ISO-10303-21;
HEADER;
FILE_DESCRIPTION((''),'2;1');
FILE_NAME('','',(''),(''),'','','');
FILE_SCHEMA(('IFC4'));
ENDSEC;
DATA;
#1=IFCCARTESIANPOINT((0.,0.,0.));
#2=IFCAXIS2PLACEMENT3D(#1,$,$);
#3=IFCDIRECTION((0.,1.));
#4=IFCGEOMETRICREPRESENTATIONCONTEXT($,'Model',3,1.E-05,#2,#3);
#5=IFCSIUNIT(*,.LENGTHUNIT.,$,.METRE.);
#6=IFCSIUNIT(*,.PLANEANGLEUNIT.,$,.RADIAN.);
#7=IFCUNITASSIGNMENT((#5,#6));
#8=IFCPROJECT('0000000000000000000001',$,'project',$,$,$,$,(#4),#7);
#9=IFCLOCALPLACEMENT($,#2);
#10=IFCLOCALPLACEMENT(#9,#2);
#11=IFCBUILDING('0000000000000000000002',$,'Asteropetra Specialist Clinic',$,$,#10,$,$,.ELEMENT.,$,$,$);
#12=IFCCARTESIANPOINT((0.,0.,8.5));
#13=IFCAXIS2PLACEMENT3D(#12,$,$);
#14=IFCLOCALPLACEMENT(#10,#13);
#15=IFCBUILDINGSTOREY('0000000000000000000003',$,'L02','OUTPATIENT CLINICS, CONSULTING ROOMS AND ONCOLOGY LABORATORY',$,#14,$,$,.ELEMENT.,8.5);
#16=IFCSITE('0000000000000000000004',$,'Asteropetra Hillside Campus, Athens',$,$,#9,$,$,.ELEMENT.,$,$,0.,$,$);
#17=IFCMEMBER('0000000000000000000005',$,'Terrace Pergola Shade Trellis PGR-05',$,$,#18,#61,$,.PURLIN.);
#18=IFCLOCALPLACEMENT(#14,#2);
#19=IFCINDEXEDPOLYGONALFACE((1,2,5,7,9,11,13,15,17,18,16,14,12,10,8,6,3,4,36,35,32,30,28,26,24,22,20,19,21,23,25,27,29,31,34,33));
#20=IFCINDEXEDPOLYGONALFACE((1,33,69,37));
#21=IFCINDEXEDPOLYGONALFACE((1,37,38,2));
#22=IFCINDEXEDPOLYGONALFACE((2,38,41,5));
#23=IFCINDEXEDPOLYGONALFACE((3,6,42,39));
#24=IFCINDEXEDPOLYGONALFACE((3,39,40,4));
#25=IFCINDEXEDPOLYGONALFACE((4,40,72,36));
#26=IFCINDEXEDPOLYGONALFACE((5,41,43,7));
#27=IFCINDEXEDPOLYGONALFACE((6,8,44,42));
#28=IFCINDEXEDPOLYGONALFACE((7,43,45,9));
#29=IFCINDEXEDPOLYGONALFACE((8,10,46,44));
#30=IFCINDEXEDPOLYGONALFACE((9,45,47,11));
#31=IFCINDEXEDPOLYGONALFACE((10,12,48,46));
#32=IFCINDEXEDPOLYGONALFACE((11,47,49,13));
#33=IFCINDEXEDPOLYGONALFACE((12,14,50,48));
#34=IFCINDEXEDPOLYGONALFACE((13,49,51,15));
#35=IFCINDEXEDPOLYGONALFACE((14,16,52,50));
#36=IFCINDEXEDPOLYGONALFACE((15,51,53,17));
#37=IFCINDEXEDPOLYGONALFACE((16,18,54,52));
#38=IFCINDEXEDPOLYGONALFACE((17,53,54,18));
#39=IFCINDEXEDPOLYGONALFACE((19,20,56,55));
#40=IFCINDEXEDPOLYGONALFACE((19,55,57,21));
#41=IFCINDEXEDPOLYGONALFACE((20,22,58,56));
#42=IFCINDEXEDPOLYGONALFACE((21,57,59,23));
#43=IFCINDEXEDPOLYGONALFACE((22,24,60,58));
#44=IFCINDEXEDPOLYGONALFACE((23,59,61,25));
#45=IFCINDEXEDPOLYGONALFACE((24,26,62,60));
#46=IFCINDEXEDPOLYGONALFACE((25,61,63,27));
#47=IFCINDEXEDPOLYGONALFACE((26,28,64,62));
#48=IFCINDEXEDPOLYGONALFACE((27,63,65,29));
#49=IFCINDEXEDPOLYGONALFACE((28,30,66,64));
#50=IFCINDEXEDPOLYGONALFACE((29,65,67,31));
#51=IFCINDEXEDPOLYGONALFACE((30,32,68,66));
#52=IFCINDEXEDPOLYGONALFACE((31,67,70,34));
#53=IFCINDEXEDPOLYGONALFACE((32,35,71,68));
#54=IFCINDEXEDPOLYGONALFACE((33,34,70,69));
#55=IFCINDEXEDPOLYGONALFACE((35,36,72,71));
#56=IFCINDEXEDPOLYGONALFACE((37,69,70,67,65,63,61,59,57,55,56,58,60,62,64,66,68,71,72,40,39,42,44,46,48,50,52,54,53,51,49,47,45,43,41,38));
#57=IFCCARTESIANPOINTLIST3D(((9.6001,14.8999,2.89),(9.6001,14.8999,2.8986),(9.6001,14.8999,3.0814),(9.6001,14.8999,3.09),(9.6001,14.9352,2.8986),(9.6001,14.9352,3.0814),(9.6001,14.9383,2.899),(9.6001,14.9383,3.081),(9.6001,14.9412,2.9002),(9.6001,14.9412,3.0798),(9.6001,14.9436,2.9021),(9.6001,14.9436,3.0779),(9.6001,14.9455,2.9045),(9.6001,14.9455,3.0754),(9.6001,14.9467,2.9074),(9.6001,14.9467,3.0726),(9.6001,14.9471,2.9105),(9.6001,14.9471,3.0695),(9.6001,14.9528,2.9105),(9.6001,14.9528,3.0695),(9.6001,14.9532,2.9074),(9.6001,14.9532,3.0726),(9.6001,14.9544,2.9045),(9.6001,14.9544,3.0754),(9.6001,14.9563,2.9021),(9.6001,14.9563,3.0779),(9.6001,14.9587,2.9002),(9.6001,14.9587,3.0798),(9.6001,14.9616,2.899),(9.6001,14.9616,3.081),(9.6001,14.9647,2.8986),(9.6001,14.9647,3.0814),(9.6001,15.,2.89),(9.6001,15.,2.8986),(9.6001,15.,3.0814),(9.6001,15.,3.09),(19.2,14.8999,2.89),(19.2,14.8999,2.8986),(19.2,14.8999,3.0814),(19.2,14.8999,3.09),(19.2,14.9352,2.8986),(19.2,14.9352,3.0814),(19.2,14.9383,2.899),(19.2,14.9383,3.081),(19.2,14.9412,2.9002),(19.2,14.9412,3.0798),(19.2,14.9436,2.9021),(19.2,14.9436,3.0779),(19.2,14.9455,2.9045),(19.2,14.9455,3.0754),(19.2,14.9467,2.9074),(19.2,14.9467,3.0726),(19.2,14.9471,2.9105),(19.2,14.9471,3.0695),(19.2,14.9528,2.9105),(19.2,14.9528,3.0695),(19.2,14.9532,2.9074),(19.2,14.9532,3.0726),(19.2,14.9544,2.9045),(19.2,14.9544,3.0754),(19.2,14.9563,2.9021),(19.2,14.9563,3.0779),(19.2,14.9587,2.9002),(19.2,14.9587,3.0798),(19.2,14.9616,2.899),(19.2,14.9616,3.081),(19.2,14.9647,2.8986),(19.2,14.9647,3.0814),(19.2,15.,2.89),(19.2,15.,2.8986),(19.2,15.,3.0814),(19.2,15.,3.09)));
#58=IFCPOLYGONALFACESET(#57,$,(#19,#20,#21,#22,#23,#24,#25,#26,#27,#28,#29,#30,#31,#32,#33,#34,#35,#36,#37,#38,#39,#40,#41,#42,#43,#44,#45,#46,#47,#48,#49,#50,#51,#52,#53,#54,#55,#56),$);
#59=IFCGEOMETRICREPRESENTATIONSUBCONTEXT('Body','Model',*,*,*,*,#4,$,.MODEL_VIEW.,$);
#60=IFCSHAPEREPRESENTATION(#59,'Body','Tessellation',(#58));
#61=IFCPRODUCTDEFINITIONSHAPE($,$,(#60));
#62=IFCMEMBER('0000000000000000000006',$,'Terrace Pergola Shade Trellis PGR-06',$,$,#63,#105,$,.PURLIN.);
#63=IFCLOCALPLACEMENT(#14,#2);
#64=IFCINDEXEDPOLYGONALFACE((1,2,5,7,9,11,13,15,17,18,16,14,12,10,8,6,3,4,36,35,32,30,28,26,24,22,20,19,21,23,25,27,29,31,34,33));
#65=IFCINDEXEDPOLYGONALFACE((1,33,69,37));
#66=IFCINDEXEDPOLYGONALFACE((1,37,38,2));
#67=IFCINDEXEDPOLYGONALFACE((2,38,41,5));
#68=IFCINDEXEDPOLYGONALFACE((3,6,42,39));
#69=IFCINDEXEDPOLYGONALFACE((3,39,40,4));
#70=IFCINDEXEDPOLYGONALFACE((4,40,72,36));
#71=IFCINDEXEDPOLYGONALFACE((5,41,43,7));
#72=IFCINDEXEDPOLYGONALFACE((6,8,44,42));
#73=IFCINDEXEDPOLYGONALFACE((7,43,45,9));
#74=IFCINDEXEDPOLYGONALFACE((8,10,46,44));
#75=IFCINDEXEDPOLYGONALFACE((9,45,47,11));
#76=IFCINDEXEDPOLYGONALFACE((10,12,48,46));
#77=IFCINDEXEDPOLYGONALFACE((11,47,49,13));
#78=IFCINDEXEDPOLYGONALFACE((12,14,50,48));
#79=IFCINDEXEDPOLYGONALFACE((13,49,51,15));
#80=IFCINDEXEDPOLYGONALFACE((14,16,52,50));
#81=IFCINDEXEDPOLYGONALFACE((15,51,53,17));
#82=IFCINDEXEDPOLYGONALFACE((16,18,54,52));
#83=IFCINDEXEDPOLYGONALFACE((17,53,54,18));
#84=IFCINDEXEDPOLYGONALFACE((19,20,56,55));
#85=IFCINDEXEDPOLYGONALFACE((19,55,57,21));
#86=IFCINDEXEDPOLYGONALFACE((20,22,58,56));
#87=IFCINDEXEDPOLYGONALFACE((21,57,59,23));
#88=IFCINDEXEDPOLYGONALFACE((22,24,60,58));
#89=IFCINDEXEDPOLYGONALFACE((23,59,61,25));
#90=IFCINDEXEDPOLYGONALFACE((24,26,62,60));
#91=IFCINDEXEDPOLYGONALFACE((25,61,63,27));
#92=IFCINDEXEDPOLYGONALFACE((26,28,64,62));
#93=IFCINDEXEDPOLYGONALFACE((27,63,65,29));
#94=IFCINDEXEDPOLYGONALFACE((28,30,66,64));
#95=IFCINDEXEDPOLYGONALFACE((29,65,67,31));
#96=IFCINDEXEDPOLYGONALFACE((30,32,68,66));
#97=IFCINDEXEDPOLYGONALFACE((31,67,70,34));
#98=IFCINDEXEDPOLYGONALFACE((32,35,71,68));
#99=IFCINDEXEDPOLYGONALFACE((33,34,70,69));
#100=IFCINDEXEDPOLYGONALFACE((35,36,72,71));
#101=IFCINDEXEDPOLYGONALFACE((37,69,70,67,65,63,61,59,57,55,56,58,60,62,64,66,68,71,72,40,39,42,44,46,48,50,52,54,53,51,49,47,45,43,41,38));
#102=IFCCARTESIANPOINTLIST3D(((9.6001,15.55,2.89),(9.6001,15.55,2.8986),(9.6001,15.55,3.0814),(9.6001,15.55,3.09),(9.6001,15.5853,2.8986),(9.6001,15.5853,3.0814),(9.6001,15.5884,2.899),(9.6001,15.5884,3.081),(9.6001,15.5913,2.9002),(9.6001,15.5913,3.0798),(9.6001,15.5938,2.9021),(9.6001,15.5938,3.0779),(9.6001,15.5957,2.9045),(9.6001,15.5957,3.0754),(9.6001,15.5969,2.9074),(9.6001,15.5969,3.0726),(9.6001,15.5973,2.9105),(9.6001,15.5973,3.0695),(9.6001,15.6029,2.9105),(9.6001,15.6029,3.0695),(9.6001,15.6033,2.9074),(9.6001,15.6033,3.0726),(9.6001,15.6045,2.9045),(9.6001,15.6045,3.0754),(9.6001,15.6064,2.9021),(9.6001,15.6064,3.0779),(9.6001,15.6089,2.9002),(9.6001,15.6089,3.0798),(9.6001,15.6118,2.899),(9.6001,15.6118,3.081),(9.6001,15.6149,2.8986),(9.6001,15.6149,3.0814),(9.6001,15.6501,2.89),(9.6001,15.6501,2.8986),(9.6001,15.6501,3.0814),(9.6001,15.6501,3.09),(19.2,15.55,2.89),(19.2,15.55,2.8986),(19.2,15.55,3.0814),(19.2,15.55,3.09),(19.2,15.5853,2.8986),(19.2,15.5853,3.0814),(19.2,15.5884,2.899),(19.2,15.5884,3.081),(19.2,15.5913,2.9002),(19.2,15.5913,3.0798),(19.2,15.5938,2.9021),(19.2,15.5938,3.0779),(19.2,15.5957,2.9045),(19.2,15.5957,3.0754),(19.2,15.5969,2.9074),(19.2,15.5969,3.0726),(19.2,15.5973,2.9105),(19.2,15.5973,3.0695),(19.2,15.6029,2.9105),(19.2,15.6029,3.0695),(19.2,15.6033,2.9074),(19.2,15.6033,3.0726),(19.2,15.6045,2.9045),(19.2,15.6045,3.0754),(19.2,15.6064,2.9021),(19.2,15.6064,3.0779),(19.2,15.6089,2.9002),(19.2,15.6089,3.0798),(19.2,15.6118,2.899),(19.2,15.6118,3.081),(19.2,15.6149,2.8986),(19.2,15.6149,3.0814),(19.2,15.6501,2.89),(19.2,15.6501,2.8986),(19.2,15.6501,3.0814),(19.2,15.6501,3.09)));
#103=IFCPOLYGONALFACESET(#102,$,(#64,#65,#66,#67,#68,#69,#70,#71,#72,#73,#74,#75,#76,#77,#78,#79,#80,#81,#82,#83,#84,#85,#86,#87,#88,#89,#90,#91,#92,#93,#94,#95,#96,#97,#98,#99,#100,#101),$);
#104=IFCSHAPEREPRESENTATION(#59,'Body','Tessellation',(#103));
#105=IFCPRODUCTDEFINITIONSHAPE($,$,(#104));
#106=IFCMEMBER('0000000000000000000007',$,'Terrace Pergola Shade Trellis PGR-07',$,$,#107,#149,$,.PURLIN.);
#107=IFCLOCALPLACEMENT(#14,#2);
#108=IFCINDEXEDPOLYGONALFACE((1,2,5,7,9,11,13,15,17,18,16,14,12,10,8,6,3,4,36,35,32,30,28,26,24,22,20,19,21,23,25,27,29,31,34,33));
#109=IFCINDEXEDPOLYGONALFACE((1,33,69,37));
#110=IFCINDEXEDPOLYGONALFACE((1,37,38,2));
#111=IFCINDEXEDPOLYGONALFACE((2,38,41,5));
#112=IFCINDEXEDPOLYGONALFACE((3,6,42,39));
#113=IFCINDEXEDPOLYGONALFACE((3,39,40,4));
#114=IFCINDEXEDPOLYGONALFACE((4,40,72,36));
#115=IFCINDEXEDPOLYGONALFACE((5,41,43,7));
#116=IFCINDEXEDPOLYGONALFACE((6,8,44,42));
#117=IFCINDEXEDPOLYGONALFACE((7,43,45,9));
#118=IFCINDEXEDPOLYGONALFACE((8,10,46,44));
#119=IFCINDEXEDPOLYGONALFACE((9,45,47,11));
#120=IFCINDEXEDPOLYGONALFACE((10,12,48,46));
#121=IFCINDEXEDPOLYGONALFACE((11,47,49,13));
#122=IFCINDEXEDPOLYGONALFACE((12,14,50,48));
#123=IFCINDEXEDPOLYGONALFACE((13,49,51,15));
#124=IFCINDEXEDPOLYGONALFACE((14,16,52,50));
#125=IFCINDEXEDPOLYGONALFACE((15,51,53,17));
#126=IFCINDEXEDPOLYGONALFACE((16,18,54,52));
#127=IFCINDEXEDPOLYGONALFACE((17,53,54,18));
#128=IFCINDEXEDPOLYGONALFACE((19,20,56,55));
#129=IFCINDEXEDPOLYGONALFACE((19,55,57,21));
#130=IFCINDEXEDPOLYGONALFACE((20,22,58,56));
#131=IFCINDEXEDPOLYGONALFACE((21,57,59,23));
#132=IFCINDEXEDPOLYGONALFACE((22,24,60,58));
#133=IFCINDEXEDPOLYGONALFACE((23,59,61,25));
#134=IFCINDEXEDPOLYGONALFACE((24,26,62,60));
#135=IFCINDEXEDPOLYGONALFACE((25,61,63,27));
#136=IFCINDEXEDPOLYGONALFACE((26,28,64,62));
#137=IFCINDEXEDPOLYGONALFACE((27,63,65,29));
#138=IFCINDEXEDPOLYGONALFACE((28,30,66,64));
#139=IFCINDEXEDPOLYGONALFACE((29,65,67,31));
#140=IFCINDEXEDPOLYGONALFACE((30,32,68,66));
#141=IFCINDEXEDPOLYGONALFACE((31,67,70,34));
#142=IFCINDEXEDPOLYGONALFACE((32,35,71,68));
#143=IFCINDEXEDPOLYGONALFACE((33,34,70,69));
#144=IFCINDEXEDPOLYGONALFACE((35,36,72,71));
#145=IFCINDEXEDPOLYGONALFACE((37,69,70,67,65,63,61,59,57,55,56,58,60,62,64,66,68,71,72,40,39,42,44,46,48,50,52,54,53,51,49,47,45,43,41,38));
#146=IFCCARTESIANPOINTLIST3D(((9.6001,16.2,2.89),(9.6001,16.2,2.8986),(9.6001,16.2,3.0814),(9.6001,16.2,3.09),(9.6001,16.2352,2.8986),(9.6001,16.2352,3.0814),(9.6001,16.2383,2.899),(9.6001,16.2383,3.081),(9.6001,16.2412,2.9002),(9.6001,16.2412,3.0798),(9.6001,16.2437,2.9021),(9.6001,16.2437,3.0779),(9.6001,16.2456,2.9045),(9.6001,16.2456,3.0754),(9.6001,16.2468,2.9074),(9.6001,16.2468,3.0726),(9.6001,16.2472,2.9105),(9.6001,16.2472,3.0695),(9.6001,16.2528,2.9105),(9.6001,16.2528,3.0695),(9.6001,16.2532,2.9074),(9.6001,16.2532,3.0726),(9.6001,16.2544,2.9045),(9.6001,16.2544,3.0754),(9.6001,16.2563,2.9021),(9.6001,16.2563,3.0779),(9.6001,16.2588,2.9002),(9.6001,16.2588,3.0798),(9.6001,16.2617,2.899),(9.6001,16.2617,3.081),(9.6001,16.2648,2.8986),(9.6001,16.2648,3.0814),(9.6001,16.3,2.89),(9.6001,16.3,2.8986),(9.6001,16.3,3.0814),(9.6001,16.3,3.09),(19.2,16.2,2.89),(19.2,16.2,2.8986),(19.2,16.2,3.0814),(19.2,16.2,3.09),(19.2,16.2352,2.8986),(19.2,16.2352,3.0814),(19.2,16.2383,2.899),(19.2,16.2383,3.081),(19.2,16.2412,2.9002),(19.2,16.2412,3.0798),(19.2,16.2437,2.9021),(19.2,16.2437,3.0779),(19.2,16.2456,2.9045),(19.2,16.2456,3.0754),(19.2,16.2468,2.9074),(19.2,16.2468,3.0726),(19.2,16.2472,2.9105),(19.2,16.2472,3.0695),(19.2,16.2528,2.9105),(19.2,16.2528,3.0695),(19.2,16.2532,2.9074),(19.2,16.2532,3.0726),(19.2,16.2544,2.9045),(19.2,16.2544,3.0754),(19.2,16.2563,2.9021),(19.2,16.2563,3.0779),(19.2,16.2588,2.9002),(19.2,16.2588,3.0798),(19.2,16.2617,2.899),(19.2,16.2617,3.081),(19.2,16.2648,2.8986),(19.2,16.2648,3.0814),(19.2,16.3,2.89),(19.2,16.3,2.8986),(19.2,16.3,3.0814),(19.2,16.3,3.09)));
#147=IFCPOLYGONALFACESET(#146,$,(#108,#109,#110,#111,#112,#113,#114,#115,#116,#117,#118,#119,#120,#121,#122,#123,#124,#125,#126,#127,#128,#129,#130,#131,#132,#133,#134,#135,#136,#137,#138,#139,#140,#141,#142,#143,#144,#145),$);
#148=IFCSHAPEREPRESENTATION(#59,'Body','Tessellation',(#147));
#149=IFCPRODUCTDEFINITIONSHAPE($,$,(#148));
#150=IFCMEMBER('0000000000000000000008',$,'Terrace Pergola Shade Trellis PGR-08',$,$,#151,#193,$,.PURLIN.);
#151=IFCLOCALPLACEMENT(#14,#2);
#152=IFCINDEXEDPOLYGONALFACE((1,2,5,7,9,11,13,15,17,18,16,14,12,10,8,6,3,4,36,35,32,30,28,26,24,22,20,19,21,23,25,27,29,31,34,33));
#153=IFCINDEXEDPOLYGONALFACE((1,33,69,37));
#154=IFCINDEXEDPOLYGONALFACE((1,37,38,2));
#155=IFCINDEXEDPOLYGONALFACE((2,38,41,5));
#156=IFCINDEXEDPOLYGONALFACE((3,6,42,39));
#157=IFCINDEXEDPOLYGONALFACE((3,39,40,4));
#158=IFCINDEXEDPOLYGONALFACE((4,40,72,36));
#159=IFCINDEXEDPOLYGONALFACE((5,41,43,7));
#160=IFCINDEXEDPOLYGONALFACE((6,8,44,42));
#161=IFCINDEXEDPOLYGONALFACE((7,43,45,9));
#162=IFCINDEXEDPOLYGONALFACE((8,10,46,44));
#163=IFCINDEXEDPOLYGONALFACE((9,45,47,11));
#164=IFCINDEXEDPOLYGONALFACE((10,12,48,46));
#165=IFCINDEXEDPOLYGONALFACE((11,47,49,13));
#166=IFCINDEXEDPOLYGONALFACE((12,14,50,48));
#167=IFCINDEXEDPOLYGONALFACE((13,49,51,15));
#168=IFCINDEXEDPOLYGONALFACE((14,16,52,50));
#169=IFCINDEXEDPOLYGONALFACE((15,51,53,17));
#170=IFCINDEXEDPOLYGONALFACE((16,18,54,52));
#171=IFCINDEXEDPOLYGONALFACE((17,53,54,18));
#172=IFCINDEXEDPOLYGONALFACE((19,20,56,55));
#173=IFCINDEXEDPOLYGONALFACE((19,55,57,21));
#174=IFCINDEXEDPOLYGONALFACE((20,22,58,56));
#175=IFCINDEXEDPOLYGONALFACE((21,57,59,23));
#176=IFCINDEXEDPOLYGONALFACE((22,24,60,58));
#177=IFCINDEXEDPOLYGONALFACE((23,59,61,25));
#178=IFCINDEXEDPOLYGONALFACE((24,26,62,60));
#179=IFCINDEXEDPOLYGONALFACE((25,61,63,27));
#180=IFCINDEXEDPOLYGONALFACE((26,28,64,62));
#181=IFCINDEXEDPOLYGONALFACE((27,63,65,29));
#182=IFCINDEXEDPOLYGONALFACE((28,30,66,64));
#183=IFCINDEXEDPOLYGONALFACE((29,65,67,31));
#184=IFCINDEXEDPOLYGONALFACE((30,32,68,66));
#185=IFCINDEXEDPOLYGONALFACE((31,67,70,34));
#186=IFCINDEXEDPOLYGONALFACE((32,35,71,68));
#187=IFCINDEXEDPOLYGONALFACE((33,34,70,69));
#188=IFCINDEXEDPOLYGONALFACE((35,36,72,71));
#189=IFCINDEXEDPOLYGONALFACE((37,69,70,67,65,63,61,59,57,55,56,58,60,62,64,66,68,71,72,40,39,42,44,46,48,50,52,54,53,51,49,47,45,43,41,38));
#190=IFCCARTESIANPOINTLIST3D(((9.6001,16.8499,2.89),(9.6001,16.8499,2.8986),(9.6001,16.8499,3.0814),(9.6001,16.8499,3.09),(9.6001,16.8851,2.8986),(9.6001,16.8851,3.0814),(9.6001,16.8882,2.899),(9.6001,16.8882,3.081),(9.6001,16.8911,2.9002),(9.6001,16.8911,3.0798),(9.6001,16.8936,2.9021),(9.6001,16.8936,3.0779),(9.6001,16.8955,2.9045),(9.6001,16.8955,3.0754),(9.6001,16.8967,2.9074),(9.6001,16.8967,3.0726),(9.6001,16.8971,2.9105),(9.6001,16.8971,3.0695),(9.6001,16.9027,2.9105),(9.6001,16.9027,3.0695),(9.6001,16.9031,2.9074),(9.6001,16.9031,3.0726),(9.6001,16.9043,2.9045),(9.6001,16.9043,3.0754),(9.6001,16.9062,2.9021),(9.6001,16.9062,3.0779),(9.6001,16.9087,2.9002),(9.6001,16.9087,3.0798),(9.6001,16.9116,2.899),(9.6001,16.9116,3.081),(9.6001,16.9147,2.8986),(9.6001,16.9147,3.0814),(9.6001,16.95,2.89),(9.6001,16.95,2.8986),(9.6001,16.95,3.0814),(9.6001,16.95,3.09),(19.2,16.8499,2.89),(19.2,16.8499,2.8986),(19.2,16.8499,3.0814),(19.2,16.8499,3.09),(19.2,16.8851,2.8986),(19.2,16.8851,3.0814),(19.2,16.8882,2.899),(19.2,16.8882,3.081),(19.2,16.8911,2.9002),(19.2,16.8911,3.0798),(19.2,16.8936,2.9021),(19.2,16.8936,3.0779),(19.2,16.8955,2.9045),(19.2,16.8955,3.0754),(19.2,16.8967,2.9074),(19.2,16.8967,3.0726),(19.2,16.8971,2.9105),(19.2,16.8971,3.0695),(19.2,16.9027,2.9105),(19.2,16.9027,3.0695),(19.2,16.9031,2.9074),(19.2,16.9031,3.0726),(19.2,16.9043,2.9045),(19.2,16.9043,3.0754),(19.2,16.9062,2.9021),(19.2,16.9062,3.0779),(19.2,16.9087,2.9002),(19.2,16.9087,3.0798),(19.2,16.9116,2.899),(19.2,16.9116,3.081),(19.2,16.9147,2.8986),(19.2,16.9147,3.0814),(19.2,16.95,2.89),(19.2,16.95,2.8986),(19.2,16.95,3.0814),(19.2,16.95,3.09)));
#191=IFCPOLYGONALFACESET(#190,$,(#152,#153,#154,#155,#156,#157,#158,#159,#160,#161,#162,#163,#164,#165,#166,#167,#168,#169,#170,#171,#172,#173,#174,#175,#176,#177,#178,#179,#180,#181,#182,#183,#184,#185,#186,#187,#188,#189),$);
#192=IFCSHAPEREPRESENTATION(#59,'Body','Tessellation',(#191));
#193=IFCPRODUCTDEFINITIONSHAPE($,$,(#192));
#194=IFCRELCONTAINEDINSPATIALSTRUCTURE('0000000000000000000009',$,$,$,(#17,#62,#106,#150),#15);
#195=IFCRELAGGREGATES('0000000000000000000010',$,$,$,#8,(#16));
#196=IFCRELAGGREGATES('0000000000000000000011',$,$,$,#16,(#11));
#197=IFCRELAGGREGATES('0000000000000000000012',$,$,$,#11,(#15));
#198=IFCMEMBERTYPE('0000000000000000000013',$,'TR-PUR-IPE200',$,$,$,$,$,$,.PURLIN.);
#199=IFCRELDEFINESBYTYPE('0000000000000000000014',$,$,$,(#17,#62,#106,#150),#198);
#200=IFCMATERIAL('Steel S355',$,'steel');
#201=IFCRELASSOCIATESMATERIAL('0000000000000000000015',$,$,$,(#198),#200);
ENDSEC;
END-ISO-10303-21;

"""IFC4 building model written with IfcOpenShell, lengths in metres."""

from ifc_helpers import new_model, si_unit, direction, frame, origin, origin_2d, place, context, subcontext, project, spatial, i_section, extrude, material, material_profile, profile_set, type_object, element, save


model = new_model("IFC4")

# Units and contexts
model_context = context("Model", 3, precision=1e-05, world=origin(), true_north=direction((0.0, 1.0)))
body_context = subcontext(model_context, "Body", "Model", "MODEL_VIEW")
ifc_project = project(units=[si_unit("LENGTHUNIT", "METRE"), si_unit("PLANEANGLEUNIT", "RADIAN")], contexts=[model_context])

# Site, building, storey
site_placement = place(None, origin())
site = spatial("IfcSite", under=ifc_project, at=site_placement, Name="Asteropetra Hillside Campus, Athens", CompositionType="ELEMENT", RefElevation=0.0)
building_placement = place(site_placement, origin())
building = spatial("IfcBuilding", under=site, at=building_placement, Name="Asteropetra Specialist Clinic", CompositionType="ELEMENT")
storey_placement = place(building_placement, frame((0.0, 0.0, 8.5)))
storey = spatial("IfcBuildingStorey", under=building, at=storey_placement, Name="L02", Description="OUTPATIENT CLINICS, CONSULTING ROOMS AND ONCOLOGY LABORATORY", CompositionType="ELEMENT", Elevation=8.5)

# Members
ifc_material_1 = material(Name="Steel S355", Category="steel")
ifc_material_profile_1 = material_profile(ifc_material_1, i_section(OverallWidth=0.1001, OverallDepth=0.2, WebThickness=0.0056, FlangeThickness=0.0085, FilletRadius=0.012, at=origin_2d()), Name="IPE 200")
ifc_profile_set_1 = profile_set([ifc_material_profile_1], Name="Steel S355")
member_type = type_object("IfcMemberType", Name="TR-PUR-IPE200", PredefinedType="PURLIN", material=ifc_profile_set_1)
for number, where, z_axis, x_axis, name in (
    (1, (9.6001, 14.95, 2.99), (1.0, 0.0, 0.0), (0.0, 1.0, 0.0), "Terrace Pergola Shade Trellis PGR-05"),
    (2, (9.6001, 15.6001, 2.99), (1.0, 0.0, 0.0), (0.0, 1.0, 0.0), "Terrace Pergola Shade Trellis PGR-06"),
    (3, (9.6001, 16.25, 2.99), (1.0, 0.0, 0.0), (0.0, 1.0, 0.0), "Terrace Pergola Shade Trellis PGR-07"),
    (4, (9.6001, 16.8999, 2.99), (1.0, 0.0, 0.0), (0.0, 1.0, 0.0), "Terrace Pergola Shade Trellis PGR-08"),
):
    element("IfcMember", number, at=place(storey_placement, frame(where, z_axis=z_axis, x_axis=x_axis)), inside=storey, type_object=member_type, Name=name, PredefinedType="PURLIN", context=body_context, shape_type="SweptSolid", body=[
        extrude(i_section(OverallWidth=0.1001, OverallDepth=0.2, WebThickness=0.0056, FlangeThickness=0.0085, FilletRadius=0.012, at=origin_2d()), origin(), (0.0, 0.0, 1.0), 9.5999),
    ])

save(model, "model.ifc")
